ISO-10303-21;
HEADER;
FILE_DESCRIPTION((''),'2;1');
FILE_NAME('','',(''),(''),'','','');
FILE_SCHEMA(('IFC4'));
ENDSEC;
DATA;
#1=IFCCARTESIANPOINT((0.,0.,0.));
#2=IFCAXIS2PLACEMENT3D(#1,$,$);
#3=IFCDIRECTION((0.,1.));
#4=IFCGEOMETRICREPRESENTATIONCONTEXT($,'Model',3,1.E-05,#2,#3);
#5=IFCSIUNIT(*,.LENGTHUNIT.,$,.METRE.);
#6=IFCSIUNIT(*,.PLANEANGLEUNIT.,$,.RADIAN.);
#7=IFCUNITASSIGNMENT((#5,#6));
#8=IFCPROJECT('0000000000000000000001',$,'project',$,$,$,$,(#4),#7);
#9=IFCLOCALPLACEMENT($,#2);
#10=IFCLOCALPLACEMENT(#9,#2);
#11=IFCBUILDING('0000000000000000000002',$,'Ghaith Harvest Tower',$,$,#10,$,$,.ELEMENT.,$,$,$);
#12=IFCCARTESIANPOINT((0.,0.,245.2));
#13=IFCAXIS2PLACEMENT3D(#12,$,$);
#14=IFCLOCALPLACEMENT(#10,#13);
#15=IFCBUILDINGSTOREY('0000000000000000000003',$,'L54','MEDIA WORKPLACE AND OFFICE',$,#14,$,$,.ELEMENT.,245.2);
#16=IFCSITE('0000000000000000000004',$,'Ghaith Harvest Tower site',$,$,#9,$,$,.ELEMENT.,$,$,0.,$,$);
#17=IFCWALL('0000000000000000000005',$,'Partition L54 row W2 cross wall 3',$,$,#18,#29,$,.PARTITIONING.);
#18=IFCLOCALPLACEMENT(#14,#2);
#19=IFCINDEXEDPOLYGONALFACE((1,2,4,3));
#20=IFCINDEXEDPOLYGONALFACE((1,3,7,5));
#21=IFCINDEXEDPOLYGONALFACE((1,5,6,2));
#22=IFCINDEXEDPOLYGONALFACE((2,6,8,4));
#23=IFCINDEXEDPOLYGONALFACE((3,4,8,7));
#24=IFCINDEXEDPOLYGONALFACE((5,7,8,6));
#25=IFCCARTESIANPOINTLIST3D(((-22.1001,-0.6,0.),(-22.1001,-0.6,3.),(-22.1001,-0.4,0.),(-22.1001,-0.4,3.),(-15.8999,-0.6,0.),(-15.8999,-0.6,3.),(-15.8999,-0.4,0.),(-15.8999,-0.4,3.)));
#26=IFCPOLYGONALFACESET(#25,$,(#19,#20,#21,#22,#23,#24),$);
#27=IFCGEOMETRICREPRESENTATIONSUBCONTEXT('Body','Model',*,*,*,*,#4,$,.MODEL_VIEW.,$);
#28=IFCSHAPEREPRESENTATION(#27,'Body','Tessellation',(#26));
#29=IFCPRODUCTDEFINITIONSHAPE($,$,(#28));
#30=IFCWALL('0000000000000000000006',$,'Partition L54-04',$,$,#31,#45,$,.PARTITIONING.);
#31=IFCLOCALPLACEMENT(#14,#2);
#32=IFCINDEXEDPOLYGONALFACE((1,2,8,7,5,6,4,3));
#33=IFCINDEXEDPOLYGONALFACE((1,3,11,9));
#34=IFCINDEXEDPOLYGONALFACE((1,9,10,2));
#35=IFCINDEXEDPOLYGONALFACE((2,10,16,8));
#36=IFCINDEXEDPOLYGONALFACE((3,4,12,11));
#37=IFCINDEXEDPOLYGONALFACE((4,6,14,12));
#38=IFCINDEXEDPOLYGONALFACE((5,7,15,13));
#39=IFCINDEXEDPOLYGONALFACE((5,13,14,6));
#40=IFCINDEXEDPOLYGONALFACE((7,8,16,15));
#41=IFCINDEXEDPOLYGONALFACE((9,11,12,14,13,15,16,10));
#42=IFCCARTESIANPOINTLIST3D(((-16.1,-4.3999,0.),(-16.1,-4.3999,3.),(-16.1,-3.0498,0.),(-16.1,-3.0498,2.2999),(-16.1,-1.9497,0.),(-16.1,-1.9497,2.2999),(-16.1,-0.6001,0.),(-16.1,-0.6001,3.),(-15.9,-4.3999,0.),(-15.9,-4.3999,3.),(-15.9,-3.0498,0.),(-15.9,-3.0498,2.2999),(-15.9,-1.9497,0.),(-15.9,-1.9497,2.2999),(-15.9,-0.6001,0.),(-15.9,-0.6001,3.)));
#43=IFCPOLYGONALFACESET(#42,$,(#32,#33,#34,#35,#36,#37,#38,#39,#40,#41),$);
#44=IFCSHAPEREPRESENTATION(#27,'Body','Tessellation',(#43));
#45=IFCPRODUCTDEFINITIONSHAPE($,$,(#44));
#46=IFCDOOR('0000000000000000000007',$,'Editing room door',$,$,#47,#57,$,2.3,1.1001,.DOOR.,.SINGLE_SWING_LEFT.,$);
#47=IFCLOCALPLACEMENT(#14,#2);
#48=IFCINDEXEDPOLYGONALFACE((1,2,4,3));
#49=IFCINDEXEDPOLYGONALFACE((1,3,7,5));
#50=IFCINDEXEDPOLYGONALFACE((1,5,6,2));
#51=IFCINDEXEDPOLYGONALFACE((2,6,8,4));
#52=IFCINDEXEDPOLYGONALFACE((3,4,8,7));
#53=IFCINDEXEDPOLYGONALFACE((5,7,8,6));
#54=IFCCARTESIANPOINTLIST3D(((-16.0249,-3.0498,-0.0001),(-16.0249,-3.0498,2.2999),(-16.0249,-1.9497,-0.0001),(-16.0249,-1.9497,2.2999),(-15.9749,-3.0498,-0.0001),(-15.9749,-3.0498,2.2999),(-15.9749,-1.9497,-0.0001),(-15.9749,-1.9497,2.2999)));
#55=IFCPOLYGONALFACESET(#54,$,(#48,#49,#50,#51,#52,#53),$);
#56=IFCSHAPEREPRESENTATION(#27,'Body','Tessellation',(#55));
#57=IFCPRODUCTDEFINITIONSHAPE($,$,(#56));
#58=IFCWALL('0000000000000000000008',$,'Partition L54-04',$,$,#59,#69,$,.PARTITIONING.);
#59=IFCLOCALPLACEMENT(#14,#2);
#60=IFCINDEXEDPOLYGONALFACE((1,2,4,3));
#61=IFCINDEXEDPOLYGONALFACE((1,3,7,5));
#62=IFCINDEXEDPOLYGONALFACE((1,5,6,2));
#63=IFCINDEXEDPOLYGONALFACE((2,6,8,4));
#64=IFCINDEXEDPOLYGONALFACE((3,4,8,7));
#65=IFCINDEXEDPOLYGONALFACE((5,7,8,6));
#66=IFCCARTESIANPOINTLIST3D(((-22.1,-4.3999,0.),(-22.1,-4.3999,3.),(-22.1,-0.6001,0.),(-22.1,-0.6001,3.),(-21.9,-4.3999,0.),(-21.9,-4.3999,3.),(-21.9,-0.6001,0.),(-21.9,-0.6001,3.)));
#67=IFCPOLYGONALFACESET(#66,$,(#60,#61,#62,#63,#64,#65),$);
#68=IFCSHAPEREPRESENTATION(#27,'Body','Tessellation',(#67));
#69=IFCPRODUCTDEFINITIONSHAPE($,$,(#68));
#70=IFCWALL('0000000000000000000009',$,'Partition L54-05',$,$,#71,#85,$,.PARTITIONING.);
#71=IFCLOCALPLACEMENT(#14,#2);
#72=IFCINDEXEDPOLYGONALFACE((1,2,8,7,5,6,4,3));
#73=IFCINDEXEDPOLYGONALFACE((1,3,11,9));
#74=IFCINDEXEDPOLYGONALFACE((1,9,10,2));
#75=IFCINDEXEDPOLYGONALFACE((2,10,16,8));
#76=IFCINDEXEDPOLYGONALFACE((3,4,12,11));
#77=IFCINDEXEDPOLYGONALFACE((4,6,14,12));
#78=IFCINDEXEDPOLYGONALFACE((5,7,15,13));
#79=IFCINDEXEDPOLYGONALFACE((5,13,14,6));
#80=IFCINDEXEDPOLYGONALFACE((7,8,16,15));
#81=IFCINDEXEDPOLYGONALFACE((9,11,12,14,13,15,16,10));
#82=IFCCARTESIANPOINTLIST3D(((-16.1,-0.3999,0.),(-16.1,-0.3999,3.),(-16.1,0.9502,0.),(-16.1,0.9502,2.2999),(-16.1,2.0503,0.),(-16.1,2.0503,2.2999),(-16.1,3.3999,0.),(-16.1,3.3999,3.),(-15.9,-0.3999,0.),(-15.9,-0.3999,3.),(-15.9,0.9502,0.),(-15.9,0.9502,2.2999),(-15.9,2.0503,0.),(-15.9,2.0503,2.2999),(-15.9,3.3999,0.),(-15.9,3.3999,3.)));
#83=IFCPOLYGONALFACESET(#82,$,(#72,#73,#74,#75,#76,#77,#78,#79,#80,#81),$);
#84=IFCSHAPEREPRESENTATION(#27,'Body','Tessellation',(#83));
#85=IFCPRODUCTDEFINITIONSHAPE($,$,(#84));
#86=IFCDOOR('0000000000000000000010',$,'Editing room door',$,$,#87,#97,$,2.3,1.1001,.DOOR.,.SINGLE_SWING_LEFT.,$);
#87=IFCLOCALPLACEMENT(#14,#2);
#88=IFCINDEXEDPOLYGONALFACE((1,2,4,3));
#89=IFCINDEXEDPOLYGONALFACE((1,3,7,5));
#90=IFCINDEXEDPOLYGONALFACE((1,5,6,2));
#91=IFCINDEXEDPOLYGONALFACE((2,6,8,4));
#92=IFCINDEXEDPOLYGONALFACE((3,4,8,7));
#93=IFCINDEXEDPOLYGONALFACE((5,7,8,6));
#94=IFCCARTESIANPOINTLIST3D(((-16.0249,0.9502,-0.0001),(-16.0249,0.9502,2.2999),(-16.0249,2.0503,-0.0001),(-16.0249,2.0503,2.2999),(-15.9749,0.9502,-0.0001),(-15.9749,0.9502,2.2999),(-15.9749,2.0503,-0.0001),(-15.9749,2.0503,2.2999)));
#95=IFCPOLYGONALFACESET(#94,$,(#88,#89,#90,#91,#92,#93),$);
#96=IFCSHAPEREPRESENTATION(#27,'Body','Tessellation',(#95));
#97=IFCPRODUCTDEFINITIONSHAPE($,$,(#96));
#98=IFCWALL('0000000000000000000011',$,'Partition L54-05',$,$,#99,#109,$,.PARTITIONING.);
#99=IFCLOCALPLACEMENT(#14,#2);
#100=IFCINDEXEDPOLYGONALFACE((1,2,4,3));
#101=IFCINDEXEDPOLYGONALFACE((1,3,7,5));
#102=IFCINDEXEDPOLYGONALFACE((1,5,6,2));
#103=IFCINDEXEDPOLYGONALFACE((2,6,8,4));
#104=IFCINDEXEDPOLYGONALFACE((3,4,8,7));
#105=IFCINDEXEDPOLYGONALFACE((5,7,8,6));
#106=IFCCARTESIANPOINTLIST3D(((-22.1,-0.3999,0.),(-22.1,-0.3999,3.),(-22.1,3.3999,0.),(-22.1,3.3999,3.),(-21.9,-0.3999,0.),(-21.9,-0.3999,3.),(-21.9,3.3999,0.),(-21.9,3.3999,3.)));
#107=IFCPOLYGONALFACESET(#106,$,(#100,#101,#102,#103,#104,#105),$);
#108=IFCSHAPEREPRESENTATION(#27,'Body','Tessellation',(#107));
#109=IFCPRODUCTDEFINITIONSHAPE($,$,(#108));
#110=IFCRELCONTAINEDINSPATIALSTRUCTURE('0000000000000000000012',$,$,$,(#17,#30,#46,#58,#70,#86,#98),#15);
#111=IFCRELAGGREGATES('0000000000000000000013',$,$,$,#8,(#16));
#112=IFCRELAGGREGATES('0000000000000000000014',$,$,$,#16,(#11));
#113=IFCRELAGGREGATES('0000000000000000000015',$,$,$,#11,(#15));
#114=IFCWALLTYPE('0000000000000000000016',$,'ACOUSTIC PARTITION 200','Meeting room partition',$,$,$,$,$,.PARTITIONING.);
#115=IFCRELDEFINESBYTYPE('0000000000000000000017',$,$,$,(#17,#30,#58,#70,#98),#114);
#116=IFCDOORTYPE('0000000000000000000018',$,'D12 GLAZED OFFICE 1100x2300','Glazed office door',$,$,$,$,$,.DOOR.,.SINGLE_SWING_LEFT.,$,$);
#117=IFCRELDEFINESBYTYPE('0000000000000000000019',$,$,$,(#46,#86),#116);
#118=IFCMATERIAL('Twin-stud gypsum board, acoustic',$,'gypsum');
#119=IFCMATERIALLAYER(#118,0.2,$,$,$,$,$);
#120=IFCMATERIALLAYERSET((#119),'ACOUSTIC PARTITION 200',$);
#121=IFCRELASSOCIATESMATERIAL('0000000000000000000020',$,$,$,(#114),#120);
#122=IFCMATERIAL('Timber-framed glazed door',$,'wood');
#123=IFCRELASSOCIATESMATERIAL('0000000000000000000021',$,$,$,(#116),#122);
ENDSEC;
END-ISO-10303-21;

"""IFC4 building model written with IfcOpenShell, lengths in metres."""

from ifc_helpers import new_model, si_unit, direction, frame, frame_2d, origin, place, context, subcontext, project, spatial, rectangle, extrude, material, layer, layer_set, type_object, element, fill, save


model = new_model("IFC4")

# Units and contexts
model_context = context("Model", 3, precision=1e-05, world=origin(), true_north=direction((0.0, 1.0)))
body_context = subcontext(model_context, "Body", "Model", "MODEL_VIEW")
ifc_project = project(units=[si_unit("LENGTHUNIT", "METRE"), si_unit("PLANEANGLEUNIT", "RADIAN")], contexts=[model_context])

# Site, building, storey
site_placement = place(None, origin())
site = spatial("IfcSite", under=ifc_project, at=site_placement, Name="Ghaith Harvest Tower site", CompositionType="ELEMENT", RefElevation=0.0)
building_placement = place(site_placement, origin())
building = spatial("IfcBuilding", under=site, at=building_placement, Name="Ghaith Harvest Tower", CompositionType="ELEMENT")
storey_placement = place(building_placement, frame((0.0, 0.0, 245.2)))
storey = spatial("IfcBuildingStorey", under=building, at=storey_placement, Name="L54", Description="MEDIA WORKPLACE AND OFFICE", CompositionType="ELEMENT", Elevation=245.2)

# Wall
ifc_material_1 = material(Name="Twin-stud gypsum board, acoustic", Category="gypsum")
ifc_layer_1 = layer(ifc_material_1, 0.2)
ifc_layer_set_1 = layer_set([ifc_layer_1], Name="ACOUSTIC PARTITION 200")
wall_type = type_object("IfcWallType", Name="ACOUSTIC PARTITION 200", Description="Meeting room partition", PredefinedType="PARTITIONING", material=ifc_layer_set_1)
for number, where, z_axis, x_axis, name in (
    (1, (-15.8999, -0.5, 0.0), (0.0, 0.0, 1.0), (-1.0, 0.0, 0.0), "Partition L54 row W2 cross wall 3"),
):
    element("IfcWall", number, at=place(storey_placement, frame(where, z_axis=z_axis, x_axis=x_axis)), inside=storey, type_object=wall_type, Name=name, PredefinedType="PARTITIONING", context=body_context, shape_type="SweptSolid", body=[
        extrude(rectangle(XDim=6.2002, YDim=0.2, at=frame_2d((3.1001, 0.0))), origin(), (0.0, 0.0, 1.0), 3.0),
    ])

# Wall, opening, door
wall_1_placement = place(storey_placement, frame((-16.0, -4.3999, 0.0), z_axis=(0.0, 0.0, 1.0), x_axis=(0.0, 1.0, 0.0)))
wall_1 = element("IfcWall", 2, at=wall_1_placement, inside=storey, type_object=wall_type, Name="Partition L54-04", PredefinedType="PARTITIONING", context=body_context, shape_type="SweptSolid", body=[
    extrude(rectangle(XDim=3.7998, YDim=0.2, at=frame_2d((1.8999, 0.0))), origin(), (0.0, 0.0, 1.0), 3.0),
])
opening_1_placement = place(wall_1_placement, frame((1.3501, 0.0, 0.0)))
opening_1 = element("IfcOpeningElement", 3, at=opening_1_placement, cuts=wall_1, PredefinedType="OPENING", context=body_context, shape_type="SweptSolid", body=[
    extrude(rectangle(XDim=1.1001, YDim=2.3, at=frame_2d((0.55, 1.1499))), frame((0.0, 0.1099, 0.0), z_axis=(0.0, -1.0, 0.0), x_axis=(1.0, 0.0, 0.0)), (0.0, 0.0, 1.0), 0.22),
])
ifc_material_2 = material(Name="Timber-framed glazed door", Category="wood")
door_type = type_object("IfcDoorType", Name="D12 GLAZED OFFICE 1100x2300", Description="Glazed office door", OperationType="SINGLE_SWING_LEFT", PredefinedType="DOOR", material=ifc_material_2)
door_1_placement = place(opening_1_placement, origin())
door_1 = element("IfcDoor", 4, at=door_1_placement, inside=storey, type_object=door_type, Name="Editing room door", OperationType="SINGLE_SWING_LEFT", OverallHeight=2.3, OverallWidth=1.1001, PredefinedType="DOOR", context=body_context, shape_type="SweptSolid", body=[
    extrude(rectangle(XDim=1.1001, YDim=2.3, at=frame_2d((0.55, 1.1499))), frame((0.0, 0.0249, 0.0), z_axis=(0.0, -1.0, 0.0), x_axis=(1.0, 0.0, 0.0)), (0.0, 0.0, 1.0), 0.05),
])
fill(opening_1, door_1)

# Wall
wall_2_placement = place(storey_placement, frame((-22.0, -4.3999, 0.0), z_axis=(0.0, 0.0, 1.0), x_axis=(0.0, 1.0, 0.0)))
element("IfcWall", 5, at=wall_2_placement, inside=storey, type_object=wall_type, Name="Partition L54-04", PredefinedType="PARTITIONING", context=body_context, shape_type="SweptSolid", body=[
    extrude(rectangle(XDim=3.7998, YDim=0.2, at=frame_2d((1.8999, 0.0))), origin(), (0.0, 0.0, 1.0), 3.0),
])

# Wall, opening, door
wall_3_placement = place(storey_placement, frame((-16.0, -0.3999, 0.0), z_axis=(0.0, 0.0, 1.0), x_axis=(0.0, 1.0, 0.0)))
wall_3 = element("IfcWall", 6, at=wall_3_placement, inside=storey, type_object=wall_type, Name="Partition L54-05", PredefinedType="PARTITIONING", context=body_context, shape_type="SweptSolid", body=[
    extrude(rectangle(XDim=3.7998, YDim=0.2, at=frame_2d((1.8999, 0.0))), origin(), (0.0, 0.0, 1.0), 3.0),
])
opening_2_placement = place(wall_3_placement, frame((1.3501, 0.0, 0.0)))
opening_2 = element("IfcOpeningElement", 7, at=opening_2_placement, cuts=wall_3, PredefinedType="OPENING", context=body_context, shape_type="SweptSolid", body=[
    extrude(rectangle(XDim=1.1001, YDim=2.3, at=frame_2d((0.55, 1.1499))), frame((0.0, 0.1099, 0.0), z_axis=(0.0, -1.0, 0.0), x_axis=(1.0, 0.0, 0.0)), (0.0, 0.0, 1.0), 0.22),
])
door_2_placement = place(opening_2_placement, origin())
door_2 = element("IfcDoor", 8, at=door_2_placement, inside=storey, type_object=door_type, Name="Editing room door", OperationType="SINGLE_SWING_LEFT", OverallHeight=2.3, OverallWidth=1.1001, PredefinedType="DOOR", context=body_context, shape_type="SweptSolid", body=[
    extrude(rectangle(XDim=1.1001, YDim=2.3, at=frame_2d((0.55, 1.1499))), frame((0.0, 0.0249, 0.0), z_axis=(0.0, -1.0, 0.0), x_axis=(1.0, 0.0, 0.0)), (0.0, 0.0, 1.0), 0.05),
])
fill(opening_2, door_2)

# Wall
wall_4_placement = place(storey_placement, frame((-22.0, -0.3999, 0.0), z_axis=(0.0, 0.0, 1.0), x_axis=(0.0, 1.0, 0.0)))
element("IfcWall", 9, at=wall_4_placement, inside=storey, type_object=wall_type, Name="Partition L54-05", PredefinedType="PARTITIONING", context=body_context, shape_type="SweptSolid", body=[
    extrude(rectangle(XDim=3.7998, YDim=0.2, at=frame_2d((1.8999, 0.0))), origin(), (0.0, 0.0, 1.0), 3.0),
])

save(model, "model.ifc")
